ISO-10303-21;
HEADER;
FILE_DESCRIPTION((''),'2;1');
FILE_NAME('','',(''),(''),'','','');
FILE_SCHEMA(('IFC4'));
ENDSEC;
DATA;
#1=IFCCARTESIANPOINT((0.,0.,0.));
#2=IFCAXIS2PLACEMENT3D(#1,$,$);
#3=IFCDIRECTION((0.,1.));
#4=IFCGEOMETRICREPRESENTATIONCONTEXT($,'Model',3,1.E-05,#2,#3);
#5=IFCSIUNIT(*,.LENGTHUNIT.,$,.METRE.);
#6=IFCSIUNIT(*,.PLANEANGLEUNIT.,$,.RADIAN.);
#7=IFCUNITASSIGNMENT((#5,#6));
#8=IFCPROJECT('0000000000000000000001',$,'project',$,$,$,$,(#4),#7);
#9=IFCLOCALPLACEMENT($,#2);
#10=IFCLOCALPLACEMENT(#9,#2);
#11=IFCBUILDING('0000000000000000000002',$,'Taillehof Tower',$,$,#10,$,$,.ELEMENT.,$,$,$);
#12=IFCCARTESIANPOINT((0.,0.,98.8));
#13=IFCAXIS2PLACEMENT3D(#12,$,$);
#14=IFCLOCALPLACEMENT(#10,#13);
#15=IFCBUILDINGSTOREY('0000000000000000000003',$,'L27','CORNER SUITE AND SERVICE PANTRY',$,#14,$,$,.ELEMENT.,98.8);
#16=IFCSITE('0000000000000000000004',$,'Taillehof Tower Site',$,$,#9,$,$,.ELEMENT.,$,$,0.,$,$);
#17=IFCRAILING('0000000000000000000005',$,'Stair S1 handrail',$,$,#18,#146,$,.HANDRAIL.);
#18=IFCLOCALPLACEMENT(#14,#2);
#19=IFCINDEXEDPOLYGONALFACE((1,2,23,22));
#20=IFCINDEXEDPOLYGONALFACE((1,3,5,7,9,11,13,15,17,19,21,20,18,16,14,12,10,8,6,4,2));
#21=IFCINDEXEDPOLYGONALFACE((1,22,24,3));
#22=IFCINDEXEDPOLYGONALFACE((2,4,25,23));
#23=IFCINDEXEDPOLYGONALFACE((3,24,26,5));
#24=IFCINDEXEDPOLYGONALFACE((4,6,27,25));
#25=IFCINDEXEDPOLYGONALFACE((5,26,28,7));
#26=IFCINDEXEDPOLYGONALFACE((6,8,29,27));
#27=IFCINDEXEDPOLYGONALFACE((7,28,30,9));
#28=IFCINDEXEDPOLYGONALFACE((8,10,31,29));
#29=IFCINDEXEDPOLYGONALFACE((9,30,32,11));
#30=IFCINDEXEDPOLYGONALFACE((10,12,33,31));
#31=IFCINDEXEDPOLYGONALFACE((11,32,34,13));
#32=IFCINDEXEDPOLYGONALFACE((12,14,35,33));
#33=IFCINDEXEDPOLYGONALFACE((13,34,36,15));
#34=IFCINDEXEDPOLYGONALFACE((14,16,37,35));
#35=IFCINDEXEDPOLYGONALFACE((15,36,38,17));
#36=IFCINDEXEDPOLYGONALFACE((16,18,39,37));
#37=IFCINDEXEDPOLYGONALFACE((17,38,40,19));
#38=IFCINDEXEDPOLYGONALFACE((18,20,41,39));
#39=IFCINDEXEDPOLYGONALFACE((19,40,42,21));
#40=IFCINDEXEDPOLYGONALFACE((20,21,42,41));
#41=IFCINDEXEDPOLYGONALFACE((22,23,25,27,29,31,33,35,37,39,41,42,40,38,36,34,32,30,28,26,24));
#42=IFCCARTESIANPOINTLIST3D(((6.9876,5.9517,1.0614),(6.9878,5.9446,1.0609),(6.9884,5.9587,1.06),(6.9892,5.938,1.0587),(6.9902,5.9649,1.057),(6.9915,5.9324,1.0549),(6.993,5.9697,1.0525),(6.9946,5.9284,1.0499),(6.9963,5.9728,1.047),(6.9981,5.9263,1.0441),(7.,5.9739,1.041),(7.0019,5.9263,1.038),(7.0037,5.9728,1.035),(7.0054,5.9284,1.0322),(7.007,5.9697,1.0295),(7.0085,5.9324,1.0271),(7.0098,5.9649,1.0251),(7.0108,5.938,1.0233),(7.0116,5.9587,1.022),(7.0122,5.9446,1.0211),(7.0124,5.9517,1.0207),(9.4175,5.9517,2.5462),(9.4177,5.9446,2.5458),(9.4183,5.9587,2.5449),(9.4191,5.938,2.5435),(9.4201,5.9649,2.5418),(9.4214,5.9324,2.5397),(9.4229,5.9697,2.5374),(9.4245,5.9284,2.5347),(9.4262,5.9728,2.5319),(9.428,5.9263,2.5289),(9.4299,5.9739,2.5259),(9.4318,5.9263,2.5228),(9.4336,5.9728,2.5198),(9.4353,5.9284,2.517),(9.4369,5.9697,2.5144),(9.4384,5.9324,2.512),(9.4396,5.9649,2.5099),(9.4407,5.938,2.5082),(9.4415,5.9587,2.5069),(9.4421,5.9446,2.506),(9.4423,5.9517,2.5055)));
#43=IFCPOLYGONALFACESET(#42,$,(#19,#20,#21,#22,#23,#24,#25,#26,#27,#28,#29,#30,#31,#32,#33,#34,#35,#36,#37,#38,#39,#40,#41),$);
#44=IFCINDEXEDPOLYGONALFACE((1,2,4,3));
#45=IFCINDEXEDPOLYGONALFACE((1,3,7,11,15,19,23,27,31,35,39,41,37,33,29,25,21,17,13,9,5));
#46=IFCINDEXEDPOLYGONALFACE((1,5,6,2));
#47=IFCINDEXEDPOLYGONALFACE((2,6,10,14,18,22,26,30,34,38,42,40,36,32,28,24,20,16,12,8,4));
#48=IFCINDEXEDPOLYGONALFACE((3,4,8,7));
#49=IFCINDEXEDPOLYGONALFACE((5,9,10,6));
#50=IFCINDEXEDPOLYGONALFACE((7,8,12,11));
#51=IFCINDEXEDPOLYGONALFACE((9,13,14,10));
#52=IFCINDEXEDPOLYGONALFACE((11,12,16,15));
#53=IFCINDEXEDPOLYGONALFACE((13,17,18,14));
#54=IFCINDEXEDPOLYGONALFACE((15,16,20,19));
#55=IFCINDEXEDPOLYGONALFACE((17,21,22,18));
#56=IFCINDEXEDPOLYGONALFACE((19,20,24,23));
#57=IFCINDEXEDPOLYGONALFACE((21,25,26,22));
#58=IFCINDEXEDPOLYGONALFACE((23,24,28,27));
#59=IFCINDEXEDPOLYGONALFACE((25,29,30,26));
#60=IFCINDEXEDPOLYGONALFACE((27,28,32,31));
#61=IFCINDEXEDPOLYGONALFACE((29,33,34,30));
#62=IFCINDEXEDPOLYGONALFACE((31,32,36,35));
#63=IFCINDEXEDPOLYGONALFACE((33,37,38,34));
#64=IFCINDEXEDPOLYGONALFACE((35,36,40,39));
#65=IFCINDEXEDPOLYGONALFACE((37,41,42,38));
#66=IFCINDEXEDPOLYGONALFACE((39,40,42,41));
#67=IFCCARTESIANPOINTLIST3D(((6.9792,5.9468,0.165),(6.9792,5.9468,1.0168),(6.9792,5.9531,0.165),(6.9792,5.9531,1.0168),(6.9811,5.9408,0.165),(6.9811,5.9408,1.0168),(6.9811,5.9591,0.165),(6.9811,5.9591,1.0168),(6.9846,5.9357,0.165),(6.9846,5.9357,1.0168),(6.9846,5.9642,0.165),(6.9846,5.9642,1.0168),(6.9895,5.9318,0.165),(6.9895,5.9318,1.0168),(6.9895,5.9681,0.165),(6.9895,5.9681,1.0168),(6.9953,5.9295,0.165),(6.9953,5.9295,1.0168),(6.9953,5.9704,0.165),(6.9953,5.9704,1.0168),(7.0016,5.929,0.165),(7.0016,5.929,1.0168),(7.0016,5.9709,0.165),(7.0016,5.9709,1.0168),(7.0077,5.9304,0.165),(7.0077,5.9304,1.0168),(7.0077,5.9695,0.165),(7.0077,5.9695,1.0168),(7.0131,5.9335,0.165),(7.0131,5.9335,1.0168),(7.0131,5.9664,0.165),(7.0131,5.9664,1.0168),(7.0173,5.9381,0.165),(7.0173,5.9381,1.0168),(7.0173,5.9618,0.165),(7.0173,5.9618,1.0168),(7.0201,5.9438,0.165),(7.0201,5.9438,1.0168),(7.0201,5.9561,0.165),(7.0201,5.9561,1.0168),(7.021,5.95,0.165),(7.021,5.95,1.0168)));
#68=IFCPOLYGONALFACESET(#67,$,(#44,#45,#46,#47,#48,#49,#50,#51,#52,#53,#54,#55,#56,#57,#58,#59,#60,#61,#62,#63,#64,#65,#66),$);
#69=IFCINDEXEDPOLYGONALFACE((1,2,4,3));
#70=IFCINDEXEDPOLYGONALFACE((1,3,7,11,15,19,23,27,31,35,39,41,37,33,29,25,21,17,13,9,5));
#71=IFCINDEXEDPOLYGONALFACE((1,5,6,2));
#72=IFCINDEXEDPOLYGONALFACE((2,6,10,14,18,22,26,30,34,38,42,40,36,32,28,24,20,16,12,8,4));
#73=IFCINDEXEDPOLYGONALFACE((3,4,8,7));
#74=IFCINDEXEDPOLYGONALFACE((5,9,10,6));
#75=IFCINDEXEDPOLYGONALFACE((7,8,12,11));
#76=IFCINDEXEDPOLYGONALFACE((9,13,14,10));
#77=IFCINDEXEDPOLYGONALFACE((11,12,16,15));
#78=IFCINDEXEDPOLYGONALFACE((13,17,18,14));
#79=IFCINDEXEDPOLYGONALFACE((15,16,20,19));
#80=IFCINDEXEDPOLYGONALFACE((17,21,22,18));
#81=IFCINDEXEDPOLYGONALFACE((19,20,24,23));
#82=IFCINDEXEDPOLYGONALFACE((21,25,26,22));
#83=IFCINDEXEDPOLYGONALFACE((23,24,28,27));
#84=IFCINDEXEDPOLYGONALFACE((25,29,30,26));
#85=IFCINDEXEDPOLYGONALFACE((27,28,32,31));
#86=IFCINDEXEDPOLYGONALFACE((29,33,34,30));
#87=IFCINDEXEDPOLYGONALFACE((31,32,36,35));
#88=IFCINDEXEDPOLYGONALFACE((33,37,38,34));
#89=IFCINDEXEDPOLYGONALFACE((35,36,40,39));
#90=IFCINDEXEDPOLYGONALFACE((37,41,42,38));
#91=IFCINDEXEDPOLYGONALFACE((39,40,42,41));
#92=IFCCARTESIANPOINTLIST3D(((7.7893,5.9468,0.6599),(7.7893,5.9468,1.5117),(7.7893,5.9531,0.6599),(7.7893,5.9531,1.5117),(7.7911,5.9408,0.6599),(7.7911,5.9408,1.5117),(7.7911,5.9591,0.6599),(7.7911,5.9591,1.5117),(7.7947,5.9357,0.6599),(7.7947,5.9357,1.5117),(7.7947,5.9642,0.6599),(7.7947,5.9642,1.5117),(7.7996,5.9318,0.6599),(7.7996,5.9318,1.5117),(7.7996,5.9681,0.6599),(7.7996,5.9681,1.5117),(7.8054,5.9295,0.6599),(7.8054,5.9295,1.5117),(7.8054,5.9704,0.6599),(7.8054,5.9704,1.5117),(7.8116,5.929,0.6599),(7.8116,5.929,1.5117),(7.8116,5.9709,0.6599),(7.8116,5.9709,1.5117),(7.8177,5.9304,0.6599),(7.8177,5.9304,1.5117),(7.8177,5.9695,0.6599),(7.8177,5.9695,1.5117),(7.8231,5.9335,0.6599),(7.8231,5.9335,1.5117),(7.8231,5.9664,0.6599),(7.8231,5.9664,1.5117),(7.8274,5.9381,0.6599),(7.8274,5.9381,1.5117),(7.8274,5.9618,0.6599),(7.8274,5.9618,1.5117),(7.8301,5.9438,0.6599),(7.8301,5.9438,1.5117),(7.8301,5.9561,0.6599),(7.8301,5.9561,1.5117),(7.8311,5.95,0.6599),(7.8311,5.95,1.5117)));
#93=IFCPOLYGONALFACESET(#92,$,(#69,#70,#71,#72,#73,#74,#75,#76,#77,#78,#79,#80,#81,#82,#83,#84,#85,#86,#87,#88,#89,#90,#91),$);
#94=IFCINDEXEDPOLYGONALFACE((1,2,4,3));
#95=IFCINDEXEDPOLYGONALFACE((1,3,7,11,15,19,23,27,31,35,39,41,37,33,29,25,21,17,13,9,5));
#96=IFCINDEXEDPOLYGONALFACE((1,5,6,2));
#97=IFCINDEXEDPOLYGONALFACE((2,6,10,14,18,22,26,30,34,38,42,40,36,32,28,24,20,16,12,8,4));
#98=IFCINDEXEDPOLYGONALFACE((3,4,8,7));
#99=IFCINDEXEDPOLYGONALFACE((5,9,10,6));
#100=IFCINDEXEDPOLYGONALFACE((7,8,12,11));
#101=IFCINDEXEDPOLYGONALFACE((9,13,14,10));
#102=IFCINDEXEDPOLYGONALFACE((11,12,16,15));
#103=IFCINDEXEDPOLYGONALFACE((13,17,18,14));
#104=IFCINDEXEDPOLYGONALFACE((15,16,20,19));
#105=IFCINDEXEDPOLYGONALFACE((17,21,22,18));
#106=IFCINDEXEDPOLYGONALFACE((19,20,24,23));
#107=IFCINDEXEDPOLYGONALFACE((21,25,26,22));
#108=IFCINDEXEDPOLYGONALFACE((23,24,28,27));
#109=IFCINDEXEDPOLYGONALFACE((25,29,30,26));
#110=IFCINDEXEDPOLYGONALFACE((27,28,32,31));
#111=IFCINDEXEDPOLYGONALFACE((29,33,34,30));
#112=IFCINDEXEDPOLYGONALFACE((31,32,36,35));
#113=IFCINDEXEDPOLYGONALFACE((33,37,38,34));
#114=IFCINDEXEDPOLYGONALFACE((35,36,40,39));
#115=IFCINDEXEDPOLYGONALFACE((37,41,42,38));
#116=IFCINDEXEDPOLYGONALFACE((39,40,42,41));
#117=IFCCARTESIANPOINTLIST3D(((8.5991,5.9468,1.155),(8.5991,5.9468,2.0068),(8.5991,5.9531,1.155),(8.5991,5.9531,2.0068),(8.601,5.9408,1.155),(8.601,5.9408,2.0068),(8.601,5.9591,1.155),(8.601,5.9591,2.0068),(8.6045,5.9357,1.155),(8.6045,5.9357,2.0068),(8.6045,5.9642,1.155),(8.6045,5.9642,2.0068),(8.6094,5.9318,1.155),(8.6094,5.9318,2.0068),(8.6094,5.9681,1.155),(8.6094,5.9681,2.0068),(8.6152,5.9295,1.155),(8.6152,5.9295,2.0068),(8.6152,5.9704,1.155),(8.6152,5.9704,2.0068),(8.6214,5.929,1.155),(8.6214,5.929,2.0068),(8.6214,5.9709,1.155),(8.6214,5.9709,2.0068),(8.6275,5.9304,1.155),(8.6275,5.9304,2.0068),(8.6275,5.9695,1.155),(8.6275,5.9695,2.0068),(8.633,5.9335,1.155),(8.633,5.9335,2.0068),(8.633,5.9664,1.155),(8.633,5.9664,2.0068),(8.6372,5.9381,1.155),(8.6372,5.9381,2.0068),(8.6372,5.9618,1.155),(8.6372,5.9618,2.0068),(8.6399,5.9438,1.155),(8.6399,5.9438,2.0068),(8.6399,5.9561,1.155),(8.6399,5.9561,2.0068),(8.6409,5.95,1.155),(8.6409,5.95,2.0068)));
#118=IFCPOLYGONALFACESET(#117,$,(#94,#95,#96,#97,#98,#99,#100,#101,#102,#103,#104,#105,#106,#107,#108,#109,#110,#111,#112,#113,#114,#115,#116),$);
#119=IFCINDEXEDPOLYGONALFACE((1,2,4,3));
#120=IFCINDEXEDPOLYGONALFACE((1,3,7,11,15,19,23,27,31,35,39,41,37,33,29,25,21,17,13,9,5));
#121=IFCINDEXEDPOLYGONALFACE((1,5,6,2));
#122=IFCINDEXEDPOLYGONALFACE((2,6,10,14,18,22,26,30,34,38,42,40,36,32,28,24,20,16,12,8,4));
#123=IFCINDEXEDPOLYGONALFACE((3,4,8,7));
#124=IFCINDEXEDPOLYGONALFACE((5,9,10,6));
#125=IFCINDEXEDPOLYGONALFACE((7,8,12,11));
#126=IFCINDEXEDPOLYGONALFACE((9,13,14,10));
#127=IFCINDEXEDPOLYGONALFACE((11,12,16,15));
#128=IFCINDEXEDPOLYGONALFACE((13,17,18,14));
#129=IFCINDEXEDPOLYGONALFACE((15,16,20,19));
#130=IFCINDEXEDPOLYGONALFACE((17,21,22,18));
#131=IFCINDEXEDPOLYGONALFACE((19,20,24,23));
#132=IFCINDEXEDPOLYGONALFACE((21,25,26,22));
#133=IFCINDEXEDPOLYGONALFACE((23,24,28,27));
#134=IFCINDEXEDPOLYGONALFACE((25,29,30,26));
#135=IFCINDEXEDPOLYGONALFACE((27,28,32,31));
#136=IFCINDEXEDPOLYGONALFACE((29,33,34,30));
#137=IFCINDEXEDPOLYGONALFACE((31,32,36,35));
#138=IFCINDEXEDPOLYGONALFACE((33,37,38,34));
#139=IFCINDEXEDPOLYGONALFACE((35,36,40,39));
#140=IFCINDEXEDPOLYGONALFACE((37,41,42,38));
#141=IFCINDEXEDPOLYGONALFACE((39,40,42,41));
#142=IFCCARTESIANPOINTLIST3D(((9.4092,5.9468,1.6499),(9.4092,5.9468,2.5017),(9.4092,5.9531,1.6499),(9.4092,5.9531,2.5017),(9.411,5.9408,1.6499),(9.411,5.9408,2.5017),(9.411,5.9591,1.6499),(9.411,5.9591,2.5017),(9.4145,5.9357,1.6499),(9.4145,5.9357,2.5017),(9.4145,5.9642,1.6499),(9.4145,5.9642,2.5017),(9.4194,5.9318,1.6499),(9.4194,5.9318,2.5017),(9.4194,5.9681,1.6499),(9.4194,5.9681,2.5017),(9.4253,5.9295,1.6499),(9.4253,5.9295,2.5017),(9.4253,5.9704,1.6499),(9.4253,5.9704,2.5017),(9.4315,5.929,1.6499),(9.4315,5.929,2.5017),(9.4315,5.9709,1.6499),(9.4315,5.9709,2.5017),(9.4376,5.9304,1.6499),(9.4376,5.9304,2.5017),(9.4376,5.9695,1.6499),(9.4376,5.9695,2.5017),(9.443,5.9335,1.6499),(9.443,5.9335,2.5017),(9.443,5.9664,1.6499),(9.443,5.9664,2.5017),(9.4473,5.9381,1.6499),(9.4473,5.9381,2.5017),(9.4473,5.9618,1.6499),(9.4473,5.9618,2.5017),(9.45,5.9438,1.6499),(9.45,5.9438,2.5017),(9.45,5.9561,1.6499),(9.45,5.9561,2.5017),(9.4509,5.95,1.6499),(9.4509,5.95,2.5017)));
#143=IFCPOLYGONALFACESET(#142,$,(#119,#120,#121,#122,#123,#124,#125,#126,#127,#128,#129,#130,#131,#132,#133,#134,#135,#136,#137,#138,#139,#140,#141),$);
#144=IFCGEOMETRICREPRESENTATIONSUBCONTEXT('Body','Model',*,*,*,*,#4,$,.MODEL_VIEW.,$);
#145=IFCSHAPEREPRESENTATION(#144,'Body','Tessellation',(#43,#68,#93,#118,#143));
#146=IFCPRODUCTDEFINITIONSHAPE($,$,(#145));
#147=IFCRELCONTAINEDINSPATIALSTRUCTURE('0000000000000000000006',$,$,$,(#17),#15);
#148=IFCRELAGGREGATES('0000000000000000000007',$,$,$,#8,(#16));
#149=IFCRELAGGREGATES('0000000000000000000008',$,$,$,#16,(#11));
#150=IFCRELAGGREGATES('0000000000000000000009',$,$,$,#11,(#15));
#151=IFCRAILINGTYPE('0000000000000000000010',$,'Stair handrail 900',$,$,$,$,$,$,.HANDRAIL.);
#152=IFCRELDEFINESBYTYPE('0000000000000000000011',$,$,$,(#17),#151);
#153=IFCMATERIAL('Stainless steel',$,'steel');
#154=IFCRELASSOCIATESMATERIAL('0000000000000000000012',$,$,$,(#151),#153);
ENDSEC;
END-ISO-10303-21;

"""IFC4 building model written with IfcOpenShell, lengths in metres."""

from ifc_helpers import new_model, si_unit, direction, frame, origin, origin_2d, place, context, subcontext, project, spatial, circle, extrude, material, type_object, element, save


model = new_model("IFC4")

# Units and contexts
model_context = context("Model", 3, precision=1e-05, world=origin(), true_north=direction((0.0, 1.0)))
body_context = subcontext(model_context, "Body", "Model", "MODEL_VIEW")
ifc_project = project(units=[si_unit("LENGTHUNIT", "METRE"), si_unit("PLANEANGLEUNIT", "RADIAN")], contexts=[model_context])

# Site, building, storey
site_placement = place(None, origin())
site = spatial("IfcSite", under=ifc_project, at=site_placement, Name="Taillehof Tower Site", CompositionType="ELEMENT", RefElevation=0.0)
building_placement = place(site_placement, origin())
building = spatial("IfcBuilding", under=site, at=building_placement, Name="Taillehof Tower", CompositionType="ELEMENT")
storey_placement = place(building_placement, frame((0.0, 0.0, 98.8)))
storey = spatial("IfcBuildingStorey", under=building, at=storey_placement, Name="L27", Description="CORNER SUITE AND SERVICE PANTRY", CompositionType="ELEMENT", Elevation=98.8)

# Railing
ifc_material_1 = material(Name="Stainless steel", Category="steel")
railing_type = type_object("IfcRailingType", Name="Stair handrail 900", PredefinedType="HANDRAIL", material=ifc_material_1)
railing_placement = place(storey_placement, frame((7.0, 5.95, 0.165)))
element("IfcRailing", 1, at=railing_placement, inside=storey, type_object=railing_type, Name="Stair S1 handrail", PredefinedType="HANDRAIL", context=body_context, shape_type="SweptSolid", body=[
    extrude(circle(Radius=0.0239, at=origin_2d()), frame((0.0, 0.0, 0.876), z_axis=(0.853297, 0.0, 0.521426), x_axis=(0.0, 1.0, 0.0)), (0.0, 0.0, 1.0), 2.8477),
    extrude(circle(Radius=0.021, at=origin_2d()), origin(), (0.0, 0.0, 1.0), 0.8518),
    extrude(circle(Radius=0.021, at=origin_2d()), frame((0.8101, 0.0, 0.4949)), (0.0, 0.0, 1.0), 0.8518),
    extrude(circle(Radius=0.021, at=origin_2d()), frame((1.6199, 0.0, 0.99)), (0.0, 0.0, 1.0), 0.8518),
    extrude(circle(Radius=0.021, at=origin_2d()), frame((2.4299, 0.0, 1.4849)), (0.0, 0.0, 1.0), 0.8518),
])

save(model, "model.ifc")
